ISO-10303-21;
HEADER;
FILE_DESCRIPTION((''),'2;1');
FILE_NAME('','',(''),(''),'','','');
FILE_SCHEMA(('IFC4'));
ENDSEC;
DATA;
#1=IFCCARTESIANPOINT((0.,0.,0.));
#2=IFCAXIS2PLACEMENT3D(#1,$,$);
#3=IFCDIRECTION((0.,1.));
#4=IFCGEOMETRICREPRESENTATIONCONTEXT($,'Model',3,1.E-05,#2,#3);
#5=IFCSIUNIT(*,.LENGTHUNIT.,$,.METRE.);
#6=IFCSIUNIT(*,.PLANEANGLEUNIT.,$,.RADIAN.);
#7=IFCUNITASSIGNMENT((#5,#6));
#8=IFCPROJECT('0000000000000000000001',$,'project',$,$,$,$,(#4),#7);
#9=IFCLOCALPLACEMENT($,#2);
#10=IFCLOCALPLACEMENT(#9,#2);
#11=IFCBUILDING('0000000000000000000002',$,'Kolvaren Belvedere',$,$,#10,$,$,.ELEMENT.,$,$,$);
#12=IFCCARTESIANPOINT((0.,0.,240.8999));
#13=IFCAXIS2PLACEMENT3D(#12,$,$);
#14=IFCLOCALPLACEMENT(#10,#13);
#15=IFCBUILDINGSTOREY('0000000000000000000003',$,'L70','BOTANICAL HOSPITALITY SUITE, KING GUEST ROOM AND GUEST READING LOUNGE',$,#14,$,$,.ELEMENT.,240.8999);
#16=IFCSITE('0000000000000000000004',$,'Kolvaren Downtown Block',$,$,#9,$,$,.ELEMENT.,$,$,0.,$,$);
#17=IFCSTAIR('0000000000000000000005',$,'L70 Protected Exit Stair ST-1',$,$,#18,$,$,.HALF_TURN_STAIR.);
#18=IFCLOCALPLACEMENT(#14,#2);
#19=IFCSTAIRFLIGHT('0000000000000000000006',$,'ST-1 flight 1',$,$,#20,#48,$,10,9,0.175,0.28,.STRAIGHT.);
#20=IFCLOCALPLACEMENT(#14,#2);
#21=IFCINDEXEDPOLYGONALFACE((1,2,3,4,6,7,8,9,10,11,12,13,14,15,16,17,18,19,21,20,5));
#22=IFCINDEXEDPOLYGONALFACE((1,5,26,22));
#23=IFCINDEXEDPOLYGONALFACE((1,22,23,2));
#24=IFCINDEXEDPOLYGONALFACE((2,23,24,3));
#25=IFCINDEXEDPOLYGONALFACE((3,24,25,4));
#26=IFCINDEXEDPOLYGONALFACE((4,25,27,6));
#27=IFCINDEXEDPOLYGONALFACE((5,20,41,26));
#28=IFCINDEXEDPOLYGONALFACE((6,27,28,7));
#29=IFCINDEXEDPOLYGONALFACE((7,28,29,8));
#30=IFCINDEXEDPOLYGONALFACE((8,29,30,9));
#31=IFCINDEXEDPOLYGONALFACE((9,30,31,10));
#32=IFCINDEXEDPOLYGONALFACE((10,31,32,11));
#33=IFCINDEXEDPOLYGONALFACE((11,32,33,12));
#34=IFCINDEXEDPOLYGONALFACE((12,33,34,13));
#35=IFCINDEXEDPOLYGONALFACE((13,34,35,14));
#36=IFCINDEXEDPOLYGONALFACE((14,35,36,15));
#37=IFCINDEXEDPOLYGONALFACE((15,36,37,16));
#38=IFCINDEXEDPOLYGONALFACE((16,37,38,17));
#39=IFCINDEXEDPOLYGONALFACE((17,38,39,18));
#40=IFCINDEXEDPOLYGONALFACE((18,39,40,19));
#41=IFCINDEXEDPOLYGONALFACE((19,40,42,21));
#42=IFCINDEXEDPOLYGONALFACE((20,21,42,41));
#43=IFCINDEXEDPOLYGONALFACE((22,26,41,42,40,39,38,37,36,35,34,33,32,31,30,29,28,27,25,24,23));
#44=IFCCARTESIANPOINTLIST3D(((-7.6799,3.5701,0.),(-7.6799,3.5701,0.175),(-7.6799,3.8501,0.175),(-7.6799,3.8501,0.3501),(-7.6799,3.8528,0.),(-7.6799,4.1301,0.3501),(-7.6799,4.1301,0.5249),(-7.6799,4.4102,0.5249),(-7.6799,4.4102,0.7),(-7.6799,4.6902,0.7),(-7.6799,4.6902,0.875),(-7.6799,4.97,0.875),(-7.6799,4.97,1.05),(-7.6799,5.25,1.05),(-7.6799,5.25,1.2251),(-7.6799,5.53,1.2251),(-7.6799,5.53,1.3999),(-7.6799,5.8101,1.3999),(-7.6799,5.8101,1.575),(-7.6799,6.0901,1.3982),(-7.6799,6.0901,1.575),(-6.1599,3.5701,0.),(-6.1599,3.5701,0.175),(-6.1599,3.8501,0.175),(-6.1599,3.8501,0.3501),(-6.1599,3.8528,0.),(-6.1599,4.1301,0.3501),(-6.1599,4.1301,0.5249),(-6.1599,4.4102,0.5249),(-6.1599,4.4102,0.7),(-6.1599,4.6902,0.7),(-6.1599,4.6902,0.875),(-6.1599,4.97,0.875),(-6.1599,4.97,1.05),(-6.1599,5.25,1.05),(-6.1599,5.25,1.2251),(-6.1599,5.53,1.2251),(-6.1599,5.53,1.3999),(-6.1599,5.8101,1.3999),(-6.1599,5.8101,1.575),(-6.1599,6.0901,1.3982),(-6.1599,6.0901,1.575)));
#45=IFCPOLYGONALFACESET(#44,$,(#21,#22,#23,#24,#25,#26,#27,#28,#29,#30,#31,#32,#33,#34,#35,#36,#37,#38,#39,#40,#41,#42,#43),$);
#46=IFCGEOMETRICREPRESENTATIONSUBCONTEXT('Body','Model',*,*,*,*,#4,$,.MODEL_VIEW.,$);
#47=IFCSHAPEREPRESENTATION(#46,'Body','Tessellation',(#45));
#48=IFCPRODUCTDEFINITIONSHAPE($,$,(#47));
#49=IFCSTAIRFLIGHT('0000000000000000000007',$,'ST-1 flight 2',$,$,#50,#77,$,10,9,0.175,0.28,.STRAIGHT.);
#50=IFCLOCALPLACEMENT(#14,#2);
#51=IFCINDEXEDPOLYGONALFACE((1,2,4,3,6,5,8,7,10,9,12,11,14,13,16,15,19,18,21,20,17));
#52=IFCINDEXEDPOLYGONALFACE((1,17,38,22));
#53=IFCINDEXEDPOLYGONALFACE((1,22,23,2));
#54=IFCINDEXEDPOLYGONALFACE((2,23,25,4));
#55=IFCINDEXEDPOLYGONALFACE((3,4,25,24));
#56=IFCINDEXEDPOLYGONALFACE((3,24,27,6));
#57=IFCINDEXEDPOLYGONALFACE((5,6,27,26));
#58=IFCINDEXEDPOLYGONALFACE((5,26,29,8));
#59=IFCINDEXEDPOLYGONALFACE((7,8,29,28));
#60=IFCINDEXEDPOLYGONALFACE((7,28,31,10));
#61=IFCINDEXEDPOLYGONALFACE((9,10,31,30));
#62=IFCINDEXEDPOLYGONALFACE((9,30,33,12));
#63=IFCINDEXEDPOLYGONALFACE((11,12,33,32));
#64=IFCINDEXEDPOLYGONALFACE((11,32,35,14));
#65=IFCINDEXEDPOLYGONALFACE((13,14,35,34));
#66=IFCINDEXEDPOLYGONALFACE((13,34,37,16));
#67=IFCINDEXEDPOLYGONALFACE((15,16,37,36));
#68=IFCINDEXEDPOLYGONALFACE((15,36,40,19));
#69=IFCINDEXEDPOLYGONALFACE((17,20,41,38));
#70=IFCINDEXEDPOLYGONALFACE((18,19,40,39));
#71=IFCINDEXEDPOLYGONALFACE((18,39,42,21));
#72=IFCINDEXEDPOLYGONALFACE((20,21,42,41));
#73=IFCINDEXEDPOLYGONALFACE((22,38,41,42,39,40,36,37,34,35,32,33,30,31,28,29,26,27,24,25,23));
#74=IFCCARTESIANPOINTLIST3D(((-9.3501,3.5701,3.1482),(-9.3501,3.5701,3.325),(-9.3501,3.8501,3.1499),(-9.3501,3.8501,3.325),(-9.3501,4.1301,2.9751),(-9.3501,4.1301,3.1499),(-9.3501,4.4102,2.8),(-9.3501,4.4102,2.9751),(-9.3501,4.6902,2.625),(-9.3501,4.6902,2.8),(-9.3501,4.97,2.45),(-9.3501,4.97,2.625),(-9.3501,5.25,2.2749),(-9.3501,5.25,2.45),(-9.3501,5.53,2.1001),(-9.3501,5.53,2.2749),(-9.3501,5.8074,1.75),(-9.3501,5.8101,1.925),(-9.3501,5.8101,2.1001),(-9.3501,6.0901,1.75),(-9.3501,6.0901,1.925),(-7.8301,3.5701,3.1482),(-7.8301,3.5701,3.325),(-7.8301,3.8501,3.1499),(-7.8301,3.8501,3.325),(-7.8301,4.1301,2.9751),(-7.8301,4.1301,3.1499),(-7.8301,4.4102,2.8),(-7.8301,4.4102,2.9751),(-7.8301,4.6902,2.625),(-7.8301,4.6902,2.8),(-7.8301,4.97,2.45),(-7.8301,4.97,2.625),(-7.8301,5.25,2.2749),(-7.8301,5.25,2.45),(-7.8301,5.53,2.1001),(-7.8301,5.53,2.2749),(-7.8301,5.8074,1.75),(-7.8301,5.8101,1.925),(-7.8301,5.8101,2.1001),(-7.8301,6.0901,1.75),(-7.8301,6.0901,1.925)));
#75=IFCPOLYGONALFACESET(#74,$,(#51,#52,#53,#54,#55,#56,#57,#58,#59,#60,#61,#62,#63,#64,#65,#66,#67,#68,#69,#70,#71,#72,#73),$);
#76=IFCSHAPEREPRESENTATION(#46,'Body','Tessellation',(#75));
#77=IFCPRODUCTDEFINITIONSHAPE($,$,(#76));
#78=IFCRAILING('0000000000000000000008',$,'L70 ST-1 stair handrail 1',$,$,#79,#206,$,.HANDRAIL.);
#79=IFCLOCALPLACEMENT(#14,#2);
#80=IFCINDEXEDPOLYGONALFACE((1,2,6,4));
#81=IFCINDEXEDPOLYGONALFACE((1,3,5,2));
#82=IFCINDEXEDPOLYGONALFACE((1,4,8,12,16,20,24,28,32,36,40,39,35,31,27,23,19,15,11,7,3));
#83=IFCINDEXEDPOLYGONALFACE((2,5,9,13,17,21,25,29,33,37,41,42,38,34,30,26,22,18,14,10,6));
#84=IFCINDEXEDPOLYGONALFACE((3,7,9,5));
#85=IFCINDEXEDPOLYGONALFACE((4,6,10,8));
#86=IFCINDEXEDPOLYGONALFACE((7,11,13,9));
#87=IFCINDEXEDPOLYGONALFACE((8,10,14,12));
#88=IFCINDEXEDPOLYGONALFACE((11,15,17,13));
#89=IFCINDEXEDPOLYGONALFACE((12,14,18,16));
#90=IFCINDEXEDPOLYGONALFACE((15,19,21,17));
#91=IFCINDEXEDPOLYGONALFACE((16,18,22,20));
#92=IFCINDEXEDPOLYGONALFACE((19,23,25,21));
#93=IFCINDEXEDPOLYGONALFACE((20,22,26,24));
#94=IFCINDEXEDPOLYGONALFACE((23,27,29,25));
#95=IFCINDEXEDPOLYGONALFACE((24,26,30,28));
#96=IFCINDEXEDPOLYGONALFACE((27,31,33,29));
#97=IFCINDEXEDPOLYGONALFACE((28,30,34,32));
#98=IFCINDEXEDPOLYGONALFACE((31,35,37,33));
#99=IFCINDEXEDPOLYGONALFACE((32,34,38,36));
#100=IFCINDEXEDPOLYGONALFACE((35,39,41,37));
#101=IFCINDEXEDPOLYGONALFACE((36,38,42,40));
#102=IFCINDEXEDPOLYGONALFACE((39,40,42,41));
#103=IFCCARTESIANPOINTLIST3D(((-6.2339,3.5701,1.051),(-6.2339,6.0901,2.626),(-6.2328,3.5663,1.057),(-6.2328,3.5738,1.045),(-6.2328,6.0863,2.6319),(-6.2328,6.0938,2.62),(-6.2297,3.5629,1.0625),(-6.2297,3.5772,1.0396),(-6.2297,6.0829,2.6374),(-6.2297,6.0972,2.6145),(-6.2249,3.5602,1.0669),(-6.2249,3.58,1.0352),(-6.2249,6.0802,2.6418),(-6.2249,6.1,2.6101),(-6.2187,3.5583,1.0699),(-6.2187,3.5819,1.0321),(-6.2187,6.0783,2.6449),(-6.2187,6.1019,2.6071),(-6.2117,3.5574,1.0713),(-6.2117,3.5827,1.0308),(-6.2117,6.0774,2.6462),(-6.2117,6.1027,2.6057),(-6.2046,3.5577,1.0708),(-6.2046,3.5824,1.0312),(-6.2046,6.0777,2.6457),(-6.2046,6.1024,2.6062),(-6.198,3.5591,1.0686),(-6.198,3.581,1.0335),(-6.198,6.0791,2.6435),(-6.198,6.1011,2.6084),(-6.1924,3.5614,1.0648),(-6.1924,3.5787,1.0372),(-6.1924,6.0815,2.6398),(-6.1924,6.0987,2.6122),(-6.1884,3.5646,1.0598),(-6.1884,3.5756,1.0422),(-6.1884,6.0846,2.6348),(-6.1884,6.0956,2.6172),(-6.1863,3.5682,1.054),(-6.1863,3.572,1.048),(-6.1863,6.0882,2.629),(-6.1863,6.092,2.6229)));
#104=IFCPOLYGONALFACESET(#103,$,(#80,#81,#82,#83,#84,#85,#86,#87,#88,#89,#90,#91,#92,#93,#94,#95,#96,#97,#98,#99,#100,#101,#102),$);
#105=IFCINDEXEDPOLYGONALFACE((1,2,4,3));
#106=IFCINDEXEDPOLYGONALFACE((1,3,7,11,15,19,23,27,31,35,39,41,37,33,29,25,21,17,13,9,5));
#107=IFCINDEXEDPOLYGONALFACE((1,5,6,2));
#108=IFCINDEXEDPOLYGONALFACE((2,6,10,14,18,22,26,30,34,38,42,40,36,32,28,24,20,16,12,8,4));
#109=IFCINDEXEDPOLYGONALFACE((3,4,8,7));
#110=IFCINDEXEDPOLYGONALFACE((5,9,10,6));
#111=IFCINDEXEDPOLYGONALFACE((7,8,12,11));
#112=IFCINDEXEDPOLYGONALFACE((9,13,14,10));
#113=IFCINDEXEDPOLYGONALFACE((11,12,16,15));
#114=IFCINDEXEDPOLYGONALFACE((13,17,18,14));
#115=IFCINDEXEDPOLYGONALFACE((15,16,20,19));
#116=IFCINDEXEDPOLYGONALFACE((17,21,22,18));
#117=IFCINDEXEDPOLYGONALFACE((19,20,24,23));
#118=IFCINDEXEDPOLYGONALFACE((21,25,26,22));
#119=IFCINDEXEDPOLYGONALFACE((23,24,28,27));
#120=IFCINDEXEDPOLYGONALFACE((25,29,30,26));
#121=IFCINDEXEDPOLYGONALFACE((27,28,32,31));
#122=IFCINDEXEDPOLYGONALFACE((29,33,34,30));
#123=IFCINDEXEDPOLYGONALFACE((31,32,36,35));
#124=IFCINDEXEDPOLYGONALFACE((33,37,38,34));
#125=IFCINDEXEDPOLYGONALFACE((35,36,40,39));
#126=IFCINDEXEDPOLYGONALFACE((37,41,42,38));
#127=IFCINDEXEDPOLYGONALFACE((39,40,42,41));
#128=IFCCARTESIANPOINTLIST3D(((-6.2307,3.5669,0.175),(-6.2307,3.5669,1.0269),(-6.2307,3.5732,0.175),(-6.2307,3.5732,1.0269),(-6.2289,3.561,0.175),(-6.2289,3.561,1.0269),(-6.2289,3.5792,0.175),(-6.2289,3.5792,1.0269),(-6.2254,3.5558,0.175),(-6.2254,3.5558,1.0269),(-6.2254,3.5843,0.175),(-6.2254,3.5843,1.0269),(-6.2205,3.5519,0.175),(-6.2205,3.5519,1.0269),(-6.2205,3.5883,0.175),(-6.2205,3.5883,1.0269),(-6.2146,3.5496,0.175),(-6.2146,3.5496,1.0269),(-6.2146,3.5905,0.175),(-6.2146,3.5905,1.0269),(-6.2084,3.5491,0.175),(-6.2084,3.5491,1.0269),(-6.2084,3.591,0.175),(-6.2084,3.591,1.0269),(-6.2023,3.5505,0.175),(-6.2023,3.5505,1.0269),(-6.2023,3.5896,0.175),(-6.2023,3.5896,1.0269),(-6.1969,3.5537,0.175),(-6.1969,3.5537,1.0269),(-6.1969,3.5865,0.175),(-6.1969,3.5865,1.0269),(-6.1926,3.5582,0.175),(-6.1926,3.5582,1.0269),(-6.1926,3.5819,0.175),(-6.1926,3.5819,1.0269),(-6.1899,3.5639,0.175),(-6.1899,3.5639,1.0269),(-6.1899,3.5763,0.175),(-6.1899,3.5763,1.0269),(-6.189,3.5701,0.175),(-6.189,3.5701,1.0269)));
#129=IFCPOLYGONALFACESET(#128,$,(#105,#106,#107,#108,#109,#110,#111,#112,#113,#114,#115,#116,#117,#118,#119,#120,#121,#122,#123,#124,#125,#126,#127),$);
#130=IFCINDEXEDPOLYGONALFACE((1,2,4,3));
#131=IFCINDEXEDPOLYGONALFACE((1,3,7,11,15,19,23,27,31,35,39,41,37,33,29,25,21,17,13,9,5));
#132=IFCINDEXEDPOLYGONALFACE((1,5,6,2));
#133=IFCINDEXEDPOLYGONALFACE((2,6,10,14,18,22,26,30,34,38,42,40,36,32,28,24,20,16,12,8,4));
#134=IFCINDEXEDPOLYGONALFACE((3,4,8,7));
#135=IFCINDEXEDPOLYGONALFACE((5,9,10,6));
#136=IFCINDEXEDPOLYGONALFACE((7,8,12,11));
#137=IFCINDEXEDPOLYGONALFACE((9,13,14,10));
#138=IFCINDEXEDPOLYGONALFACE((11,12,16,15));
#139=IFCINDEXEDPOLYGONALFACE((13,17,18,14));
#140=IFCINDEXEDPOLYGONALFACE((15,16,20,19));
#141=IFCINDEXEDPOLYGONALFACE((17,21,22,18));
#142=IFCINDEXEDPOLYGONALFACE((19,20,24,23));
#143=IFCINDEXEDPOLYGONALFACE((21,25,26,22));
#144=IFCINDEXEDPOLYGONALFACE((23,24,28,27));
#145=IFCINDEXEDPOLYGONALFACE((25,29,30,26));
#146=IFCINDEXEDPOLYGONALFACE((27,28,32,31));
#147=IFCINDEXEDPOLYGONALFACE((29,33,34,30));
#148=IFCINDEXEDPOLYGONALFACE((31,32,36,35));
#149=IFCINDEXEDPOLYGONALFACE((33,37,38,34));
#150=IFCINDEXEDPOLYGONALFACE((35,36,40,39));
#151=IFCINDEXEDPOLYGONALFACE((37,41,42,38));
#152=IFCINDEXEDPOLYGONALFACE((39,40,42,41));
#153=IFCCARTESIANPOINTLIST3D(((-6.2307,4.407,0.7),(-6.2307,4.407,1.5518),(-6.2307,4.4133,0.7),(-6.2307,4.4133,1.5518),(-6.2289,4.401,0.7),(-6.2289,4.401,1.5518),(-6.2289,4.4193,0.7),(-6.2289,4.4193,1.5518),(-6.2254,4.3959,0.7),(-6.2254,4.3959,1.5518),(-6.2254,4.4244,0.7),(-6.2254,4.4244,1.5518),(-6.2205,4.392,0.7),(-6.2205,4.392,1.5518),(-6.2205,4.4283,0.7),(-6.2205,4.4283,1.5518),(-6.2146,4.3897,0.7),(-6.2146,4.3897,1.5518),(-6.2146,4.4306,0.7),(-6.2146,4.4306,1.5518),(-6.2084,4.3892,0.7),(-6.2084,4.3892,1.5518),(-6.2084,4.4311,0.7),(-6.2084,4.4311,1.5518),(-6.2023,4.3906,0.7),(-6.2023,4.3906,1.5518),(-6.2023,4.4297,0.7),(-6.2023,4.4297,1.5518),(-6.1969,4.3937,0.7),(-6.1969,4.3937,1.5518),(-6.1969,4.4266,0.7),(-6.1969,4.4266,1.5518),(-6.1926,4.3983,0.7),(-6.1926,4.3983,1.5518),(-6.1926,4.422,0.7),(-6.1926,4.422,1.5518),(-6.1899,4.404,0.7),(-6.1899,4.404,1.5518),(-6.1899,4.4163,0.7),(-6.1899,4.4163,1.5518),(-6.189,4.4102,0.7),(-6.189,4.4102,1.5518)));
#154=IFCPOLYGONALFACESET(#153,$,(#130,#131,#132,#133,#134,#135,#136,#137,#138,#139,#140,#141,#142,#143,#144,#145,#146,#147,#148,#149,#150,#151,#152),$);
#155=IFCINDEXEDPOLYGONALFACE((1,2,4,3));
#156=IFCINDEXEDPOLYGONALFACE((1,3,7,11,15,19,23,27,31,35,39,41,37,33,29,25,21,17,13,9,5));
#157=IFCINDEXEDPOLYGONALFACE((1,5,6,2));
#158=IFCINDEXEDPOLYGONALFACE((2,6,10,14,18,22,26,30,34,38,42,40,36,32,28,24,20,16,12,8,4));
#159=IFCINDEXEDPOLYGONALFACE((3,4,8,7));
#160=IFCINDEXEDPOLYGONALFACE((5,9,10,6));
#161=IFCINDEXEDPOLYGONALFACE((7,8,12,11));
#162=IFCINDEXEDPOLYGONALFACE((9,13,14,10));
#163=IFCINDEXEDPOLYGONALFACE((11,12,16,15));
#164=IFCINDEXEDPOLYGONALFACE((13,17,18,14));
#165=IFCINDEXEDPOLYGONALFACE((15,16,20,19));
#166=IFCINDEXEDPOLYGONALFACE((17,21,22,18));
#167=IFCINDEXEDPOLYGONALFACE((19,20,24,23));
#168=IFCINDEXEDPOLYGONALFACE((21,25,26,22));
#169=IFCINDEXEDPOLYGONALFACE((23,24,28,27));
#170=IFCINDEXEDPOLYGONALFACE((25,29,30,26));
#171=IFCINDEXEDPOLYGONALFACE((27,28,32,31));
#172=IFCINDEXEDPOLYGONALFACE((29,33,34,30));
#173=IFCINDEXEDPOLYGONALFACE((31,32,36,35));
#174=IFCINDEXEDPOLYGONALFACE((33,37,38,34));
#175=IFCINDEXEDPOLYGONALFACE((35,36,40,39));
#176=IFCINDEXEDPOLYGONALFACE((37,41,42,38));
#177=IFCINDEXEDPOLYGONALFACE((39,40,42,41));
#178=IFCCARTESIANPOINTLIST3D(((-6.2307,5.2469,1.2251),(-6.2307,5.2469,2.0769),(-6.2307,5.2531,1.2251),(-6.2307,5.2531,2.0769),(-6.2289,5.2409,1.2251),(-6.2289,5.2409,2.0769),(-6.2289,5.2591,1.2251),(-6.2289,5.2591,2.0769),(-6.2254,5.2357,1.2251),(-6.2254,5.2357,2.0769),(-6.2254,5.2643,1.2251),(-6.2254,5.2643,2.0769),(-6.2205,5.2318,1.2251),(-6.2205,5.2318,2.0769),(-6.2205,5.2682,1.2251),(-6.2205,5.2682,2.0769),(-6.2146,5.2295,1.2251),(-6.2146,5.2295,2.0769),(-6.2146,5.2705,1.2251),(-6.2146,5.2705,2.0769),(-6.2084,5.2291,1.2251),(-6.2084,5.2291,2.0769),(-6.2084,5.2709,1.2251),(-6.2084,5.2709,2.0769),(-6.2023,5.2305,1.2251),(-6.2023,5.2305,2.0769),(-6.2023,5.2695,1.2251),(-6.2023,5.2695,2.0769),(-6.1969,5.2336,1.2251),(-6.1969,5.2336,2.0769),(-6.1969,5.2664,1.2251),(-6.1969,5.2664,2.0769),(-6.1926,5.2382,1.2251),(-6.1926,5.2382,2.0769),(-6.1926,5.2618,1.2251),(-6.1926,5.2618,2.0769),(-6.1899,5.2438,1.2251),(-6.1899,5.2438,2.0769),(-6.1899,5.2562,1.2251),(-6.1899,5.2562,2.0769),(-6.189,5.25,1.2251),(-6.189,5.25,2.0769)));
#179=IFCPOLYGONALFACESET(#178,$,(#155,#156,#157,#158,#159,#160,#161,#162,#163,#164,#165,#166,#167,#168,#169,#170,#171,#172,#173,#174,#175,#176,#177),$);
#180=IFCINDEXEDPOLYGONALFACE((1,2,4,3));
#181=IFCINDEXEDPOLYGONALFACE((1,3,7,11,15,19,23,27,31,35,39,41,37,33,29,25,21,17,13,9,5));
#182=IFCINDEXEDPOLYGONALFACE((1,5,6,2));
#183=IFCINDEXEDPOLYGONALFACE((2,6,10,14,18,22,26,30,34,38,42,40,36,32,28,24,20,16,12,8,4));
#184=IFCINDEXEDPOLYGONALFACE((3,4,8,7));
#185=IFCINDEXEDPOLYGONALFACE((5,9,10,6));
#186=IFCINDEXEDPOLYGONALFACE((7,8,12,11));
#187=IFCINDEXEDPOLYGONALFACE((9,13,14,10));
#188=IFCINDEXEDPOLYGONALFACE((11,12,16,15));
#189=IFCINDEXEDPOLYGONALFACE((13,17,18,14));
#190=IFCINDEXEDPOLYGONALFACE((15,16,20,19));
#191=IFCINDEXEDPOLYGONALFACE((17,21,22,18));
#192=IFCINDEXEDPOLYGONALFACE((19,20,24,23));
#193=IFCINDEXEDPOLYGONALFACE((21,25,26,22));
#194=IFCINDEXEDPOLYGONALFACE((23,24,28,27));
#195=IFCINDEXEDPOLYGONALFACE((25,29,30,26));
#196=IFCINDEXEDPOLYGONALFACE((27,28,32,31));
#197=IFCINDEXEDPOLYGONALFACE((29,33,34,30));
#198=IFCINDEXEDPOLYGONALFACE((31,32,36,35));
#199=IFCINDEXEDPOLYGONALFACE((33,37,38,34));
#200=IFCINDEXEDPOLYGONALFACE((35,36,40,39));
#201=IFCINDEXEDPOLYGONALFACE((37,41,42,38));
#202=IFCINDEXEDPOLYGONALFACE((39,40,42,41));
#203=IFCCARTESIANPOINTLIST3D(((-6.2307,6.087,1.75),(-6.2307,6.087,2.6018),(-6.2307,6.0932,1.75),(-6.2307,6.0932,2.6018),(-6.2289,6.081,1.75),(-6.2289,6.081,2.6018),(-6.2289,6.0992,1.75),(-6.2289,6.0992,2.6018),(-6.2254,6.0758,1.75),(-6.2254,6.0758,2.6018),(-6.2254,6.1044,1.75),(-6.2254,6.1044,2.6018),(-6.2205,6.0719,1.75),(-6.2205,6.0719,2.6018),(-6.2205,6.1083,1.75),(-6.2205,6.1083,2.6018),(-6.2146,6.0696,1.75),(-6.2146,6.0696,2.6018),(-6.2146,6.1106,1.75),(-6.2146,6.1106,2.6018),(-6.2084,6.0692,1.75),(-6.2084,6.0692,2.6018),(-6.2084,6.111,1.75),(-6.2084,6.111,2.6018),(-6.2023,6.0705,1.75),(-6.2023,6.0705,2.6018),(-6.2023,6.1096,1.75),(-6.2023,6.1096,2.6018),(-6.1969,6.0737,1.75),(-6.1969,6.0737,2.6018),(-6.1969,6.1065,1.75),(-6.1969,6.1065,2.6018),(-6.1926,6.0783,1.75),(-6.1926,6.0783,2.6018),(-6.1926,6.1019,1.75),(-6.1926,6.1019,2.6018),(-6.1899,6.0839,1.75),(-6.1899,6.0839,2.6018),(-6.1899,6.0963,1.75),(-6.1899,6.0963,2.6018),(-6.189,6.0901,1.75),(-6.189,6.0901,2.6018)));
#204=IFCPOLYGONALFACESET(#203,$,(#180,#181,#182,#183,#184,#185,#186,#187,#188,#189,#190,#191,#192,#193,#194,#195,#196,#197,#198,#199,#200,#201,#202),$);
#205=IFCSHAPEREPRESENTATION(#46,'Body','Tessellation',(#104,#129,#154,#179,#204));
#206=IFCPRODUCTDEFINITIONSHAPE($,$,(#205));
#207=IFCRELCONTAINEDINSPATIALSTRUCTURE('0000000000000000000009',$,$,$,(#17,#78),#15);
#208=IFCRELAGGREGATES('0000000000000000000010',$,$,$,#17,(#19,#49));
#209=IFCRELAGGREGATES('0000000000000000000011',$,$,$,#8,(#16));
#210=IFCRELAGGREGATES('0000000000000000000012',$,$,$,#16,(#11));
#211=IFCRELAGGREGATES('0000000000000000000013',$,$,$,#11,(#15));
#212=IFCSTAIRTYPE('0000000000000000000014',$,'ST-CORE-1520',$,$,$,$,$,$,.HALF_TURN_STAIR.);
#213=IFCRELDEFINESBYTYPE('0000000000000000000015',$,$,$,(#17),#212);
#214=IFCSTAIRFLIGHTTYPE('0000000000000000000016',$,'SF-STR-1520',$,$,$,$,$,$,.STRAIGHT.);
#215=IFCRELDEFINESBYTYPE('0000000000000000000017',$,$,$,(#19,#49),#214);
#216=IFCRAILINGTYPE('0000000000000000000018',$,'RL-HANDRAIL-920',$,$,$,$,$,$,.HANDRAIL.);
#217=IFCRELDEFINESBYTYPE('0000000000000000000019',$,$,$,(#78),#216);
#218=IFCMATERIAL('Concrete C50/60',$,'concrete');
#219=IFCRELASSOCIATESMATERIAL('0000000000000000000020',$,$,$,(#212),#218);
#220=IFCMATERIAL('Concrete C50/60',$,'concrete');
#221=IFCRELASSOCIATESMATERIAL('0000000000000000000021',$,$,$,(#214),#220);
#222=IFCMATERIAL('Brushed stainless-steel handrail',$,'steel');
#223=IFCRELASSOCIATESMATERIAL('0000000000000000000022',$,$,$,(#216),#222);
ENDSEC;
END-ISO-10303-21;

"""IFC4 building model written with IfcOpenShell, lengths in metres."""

from ifc_helpers import new_model, si_unit, direction, frame, origin, origin_2d, place, context, subcontext, project, spatial, polyline, circle, outline, extrude, material, type_object, element, aggregate, save


model = new_model("IFC4")

# Units and contexts
model_context = context("Model", 3, precision=1e-05, world=origin(), true_north=direction((0.0, 1.0)))
body_context = subcontext(model_context, "Body", "Model", "MODEL_VIEW")
ifc_project = project(units=[si_unit("LENGTHUNIT", "METRE"), si_unit("PLANEANGLEUNIT", "RADIAN")], contexts=[model_context])

# Site, building, storey
site_placement = place(None, origin())
site = spatial("IfcSite", under=ifc_project, at=site_placement, Name="Kolvaren Downtown Block", CompositionType="ELEMENT", RefElevation=0.0)
building_placement = place(site_placement, origin())
building = spatial("IfcBuilding", under=site, at=building_placement, Name="Kolvaren Belvedere", CompositionType="ELEMENT")
storey_placement = place(building_placement, frame((0.0, 0.0, 240.8999)))
storey = spatial("IfcBuildingStorey", under=building, at=storey_placement, Name="L70", Description="BOTANICAL HOSPITALITY SUITE, KING GUEST ROOM AND GUEST READING LOUNGE", CompositionType="ELEMENT", Elevation=240.8999)

# Stair, stair flights
ifc_material_1 = material(Name="Concrete C50/60", Category="concrete")
stair_type = type_object("IfcStairType", Name="ST-CORE-1520", PredefinedType="HALF_TURN_STAIR", material=ifc_material_1)
stair_placement = place(storey_placement, origin())
stair = element("IfcStair", 1, at=stair_placement, inside=storey, type_object=stair_type, Name="L70 Protected Exit Stair ST-1", PredefinedType="HALF_TURN_STAIR")
ifc_material_2 = material(Name="Concrete C50/60", Category="concrete")
stair_flight_type = type_object("IfcStairFlightType", Name="SF-STR-1520", PredefinedType="STRAIGHT", material=ifc_material_2)
stair_flight_1_placement = place(storey_placement, frame((-6.9199, 3.5701, 0.0), z_axis=(0.0, 0.0, 1.0), x_axis=(0.0, 1.0, 0.0)))
stair_flight_1 = element("IfcStairFlight", 2, at=stair_flight_1_placement, type_object=stair_flight_type, Name="ST-1 flight 1", NumberOfRisers=10, NumberOfTreads=9, PredefinedType="STRAIGHT", RiserHeight=0.175, TreadLength=0.28, context=body_context, shape_type="SweptSolid", body=[
    extrude(outline(polyline([(0.0, 0.0), (0.0, 0.175), (0.28, 0.175), (0.28, 0.3501), (0.5601, 0.3501), (0.5601, 0.5249), (0.8401, 0.5249), (0.8401, 0.7), (1.1201, 0.7), (1.1201, 0.875), (1.3999, 0.875), (1.3999, 1.05), (1.6799, 1.05), (1.6799, 1.2251), (1.96, 1.2251), (1.96, 1.3999), (2.24, 1.3999), (2.24, 1.575), (2.52, 1.575), (2.52, 1.75), (2.52, 1.3982), (0.2827, 0.0), (0.0, 0.0)])), frame((0.0, 0.76, 0.0), z_axis=(0.0, -1.0, 0.0), x_axis=(1.0, 0.0, 0.0)), (0.0, 0.0, 1.0), 1.52),
])
stair_flight_2_placement = place(storey_placement, frame((-8.5901, 6.0901, 1.75), z_axis=(0.0, 0.0, 1.0), x_axis=(0.0, -1.0, 0.0)))
stair_flight_2 = element("IfcStairFlight", 3, at=stair_flight_2_placement, type_object=stair_flight_type, Name="ST-1 flight 2", NumberOfRisers=10, NumberOfTreads=9, PredefinedType="STRAIGHT", RiserHeight=0.175, TreadLength=0.28, context=body_context, shape_type="SweptSolid", body=[
    extrude(outline(polyline([(0.0, 0.0), (0.0, 0.175), (0.28, 0.175), (0.28, 0.3501), (0.5601, 0.3501), (0.5601, 0.5249), (0.8401, 0.5249), (0.8401, 0.7), (1.1201, 0.7), (1.1201, 0.875), (1.3999, 0.875), (1.3999, 1.05), (1.6799, 1.05), (1.6799, 1.2251), (1.96, 1.2251), (1.96, 1.3999), (2.24, 1.3999), (2.24, 1.575), (2.52, 1.575), (2.52, 1.75), (2.52, 1.3982), (0.2827, 0.0), (0.0, 0.0)])), frame((0.0, 0.76, 0.0), z_axis=(0.0, -1.0, 0.0), x_axis=(1.0, 0.0, 0.0)), (0.0, 0.0, 1.0), 1.52),
])
aggregate(stair, [stair_flight_1, stair_flight_2])

# Railing
ifc_material_3 = material(Name="Brushed stainless-steel handrail", Category="steel")
railing_type_1 = type_object("IfcRailingType", Name="RL-HANDRAIL-920", PredefinedType="HANDRAIL", material=ifc_material_3)
railing_1_placement = place(storey_placement, frame((-6.21, 3.5701, 0.175)))
element("IfcRailing", 4, at=railing_1_placement, inside=storey, type_object=railing_type_1, Name="L70 ST-1 stair handrail 1", PredefinedType="HANDRAIL", context=body_context, shape_type="SweptSolid", body=[
    extrude(circle(Radius=0.0239, at=origin_2d()), frame((0.0, 0.0, 0.876), z_axis=(0.0, 0.848008, 0.529984), x_axis=(-1.0, 0.0, 0.0)), (0.0, 0.0, 1.0), 2.9717),
    extrude(circle(Radius=0.021, at=origin_2d()), origin(), (0.0, 0.0, 1.0), 0.8518),
    extrude(circle(Radius=0.021, at=origin_2d()), frame((0.0, 0.8401, 0.5249)), (0.0, 0.0, 1.0), 0.8518),
    extrude(circle(Radius=0.021, at=origin_2d()), frame((0.0, 1.6799, 1.05)), (0.0, 0.0, 1.0), 0.8518),
    extrude(circle(Radius=0.021, at=origin_2d()), frame((0.0, 2.52, 1.575)), (0.0, 0.0, 1.0), 0.8518),
])

save(model, "model.ifc")
